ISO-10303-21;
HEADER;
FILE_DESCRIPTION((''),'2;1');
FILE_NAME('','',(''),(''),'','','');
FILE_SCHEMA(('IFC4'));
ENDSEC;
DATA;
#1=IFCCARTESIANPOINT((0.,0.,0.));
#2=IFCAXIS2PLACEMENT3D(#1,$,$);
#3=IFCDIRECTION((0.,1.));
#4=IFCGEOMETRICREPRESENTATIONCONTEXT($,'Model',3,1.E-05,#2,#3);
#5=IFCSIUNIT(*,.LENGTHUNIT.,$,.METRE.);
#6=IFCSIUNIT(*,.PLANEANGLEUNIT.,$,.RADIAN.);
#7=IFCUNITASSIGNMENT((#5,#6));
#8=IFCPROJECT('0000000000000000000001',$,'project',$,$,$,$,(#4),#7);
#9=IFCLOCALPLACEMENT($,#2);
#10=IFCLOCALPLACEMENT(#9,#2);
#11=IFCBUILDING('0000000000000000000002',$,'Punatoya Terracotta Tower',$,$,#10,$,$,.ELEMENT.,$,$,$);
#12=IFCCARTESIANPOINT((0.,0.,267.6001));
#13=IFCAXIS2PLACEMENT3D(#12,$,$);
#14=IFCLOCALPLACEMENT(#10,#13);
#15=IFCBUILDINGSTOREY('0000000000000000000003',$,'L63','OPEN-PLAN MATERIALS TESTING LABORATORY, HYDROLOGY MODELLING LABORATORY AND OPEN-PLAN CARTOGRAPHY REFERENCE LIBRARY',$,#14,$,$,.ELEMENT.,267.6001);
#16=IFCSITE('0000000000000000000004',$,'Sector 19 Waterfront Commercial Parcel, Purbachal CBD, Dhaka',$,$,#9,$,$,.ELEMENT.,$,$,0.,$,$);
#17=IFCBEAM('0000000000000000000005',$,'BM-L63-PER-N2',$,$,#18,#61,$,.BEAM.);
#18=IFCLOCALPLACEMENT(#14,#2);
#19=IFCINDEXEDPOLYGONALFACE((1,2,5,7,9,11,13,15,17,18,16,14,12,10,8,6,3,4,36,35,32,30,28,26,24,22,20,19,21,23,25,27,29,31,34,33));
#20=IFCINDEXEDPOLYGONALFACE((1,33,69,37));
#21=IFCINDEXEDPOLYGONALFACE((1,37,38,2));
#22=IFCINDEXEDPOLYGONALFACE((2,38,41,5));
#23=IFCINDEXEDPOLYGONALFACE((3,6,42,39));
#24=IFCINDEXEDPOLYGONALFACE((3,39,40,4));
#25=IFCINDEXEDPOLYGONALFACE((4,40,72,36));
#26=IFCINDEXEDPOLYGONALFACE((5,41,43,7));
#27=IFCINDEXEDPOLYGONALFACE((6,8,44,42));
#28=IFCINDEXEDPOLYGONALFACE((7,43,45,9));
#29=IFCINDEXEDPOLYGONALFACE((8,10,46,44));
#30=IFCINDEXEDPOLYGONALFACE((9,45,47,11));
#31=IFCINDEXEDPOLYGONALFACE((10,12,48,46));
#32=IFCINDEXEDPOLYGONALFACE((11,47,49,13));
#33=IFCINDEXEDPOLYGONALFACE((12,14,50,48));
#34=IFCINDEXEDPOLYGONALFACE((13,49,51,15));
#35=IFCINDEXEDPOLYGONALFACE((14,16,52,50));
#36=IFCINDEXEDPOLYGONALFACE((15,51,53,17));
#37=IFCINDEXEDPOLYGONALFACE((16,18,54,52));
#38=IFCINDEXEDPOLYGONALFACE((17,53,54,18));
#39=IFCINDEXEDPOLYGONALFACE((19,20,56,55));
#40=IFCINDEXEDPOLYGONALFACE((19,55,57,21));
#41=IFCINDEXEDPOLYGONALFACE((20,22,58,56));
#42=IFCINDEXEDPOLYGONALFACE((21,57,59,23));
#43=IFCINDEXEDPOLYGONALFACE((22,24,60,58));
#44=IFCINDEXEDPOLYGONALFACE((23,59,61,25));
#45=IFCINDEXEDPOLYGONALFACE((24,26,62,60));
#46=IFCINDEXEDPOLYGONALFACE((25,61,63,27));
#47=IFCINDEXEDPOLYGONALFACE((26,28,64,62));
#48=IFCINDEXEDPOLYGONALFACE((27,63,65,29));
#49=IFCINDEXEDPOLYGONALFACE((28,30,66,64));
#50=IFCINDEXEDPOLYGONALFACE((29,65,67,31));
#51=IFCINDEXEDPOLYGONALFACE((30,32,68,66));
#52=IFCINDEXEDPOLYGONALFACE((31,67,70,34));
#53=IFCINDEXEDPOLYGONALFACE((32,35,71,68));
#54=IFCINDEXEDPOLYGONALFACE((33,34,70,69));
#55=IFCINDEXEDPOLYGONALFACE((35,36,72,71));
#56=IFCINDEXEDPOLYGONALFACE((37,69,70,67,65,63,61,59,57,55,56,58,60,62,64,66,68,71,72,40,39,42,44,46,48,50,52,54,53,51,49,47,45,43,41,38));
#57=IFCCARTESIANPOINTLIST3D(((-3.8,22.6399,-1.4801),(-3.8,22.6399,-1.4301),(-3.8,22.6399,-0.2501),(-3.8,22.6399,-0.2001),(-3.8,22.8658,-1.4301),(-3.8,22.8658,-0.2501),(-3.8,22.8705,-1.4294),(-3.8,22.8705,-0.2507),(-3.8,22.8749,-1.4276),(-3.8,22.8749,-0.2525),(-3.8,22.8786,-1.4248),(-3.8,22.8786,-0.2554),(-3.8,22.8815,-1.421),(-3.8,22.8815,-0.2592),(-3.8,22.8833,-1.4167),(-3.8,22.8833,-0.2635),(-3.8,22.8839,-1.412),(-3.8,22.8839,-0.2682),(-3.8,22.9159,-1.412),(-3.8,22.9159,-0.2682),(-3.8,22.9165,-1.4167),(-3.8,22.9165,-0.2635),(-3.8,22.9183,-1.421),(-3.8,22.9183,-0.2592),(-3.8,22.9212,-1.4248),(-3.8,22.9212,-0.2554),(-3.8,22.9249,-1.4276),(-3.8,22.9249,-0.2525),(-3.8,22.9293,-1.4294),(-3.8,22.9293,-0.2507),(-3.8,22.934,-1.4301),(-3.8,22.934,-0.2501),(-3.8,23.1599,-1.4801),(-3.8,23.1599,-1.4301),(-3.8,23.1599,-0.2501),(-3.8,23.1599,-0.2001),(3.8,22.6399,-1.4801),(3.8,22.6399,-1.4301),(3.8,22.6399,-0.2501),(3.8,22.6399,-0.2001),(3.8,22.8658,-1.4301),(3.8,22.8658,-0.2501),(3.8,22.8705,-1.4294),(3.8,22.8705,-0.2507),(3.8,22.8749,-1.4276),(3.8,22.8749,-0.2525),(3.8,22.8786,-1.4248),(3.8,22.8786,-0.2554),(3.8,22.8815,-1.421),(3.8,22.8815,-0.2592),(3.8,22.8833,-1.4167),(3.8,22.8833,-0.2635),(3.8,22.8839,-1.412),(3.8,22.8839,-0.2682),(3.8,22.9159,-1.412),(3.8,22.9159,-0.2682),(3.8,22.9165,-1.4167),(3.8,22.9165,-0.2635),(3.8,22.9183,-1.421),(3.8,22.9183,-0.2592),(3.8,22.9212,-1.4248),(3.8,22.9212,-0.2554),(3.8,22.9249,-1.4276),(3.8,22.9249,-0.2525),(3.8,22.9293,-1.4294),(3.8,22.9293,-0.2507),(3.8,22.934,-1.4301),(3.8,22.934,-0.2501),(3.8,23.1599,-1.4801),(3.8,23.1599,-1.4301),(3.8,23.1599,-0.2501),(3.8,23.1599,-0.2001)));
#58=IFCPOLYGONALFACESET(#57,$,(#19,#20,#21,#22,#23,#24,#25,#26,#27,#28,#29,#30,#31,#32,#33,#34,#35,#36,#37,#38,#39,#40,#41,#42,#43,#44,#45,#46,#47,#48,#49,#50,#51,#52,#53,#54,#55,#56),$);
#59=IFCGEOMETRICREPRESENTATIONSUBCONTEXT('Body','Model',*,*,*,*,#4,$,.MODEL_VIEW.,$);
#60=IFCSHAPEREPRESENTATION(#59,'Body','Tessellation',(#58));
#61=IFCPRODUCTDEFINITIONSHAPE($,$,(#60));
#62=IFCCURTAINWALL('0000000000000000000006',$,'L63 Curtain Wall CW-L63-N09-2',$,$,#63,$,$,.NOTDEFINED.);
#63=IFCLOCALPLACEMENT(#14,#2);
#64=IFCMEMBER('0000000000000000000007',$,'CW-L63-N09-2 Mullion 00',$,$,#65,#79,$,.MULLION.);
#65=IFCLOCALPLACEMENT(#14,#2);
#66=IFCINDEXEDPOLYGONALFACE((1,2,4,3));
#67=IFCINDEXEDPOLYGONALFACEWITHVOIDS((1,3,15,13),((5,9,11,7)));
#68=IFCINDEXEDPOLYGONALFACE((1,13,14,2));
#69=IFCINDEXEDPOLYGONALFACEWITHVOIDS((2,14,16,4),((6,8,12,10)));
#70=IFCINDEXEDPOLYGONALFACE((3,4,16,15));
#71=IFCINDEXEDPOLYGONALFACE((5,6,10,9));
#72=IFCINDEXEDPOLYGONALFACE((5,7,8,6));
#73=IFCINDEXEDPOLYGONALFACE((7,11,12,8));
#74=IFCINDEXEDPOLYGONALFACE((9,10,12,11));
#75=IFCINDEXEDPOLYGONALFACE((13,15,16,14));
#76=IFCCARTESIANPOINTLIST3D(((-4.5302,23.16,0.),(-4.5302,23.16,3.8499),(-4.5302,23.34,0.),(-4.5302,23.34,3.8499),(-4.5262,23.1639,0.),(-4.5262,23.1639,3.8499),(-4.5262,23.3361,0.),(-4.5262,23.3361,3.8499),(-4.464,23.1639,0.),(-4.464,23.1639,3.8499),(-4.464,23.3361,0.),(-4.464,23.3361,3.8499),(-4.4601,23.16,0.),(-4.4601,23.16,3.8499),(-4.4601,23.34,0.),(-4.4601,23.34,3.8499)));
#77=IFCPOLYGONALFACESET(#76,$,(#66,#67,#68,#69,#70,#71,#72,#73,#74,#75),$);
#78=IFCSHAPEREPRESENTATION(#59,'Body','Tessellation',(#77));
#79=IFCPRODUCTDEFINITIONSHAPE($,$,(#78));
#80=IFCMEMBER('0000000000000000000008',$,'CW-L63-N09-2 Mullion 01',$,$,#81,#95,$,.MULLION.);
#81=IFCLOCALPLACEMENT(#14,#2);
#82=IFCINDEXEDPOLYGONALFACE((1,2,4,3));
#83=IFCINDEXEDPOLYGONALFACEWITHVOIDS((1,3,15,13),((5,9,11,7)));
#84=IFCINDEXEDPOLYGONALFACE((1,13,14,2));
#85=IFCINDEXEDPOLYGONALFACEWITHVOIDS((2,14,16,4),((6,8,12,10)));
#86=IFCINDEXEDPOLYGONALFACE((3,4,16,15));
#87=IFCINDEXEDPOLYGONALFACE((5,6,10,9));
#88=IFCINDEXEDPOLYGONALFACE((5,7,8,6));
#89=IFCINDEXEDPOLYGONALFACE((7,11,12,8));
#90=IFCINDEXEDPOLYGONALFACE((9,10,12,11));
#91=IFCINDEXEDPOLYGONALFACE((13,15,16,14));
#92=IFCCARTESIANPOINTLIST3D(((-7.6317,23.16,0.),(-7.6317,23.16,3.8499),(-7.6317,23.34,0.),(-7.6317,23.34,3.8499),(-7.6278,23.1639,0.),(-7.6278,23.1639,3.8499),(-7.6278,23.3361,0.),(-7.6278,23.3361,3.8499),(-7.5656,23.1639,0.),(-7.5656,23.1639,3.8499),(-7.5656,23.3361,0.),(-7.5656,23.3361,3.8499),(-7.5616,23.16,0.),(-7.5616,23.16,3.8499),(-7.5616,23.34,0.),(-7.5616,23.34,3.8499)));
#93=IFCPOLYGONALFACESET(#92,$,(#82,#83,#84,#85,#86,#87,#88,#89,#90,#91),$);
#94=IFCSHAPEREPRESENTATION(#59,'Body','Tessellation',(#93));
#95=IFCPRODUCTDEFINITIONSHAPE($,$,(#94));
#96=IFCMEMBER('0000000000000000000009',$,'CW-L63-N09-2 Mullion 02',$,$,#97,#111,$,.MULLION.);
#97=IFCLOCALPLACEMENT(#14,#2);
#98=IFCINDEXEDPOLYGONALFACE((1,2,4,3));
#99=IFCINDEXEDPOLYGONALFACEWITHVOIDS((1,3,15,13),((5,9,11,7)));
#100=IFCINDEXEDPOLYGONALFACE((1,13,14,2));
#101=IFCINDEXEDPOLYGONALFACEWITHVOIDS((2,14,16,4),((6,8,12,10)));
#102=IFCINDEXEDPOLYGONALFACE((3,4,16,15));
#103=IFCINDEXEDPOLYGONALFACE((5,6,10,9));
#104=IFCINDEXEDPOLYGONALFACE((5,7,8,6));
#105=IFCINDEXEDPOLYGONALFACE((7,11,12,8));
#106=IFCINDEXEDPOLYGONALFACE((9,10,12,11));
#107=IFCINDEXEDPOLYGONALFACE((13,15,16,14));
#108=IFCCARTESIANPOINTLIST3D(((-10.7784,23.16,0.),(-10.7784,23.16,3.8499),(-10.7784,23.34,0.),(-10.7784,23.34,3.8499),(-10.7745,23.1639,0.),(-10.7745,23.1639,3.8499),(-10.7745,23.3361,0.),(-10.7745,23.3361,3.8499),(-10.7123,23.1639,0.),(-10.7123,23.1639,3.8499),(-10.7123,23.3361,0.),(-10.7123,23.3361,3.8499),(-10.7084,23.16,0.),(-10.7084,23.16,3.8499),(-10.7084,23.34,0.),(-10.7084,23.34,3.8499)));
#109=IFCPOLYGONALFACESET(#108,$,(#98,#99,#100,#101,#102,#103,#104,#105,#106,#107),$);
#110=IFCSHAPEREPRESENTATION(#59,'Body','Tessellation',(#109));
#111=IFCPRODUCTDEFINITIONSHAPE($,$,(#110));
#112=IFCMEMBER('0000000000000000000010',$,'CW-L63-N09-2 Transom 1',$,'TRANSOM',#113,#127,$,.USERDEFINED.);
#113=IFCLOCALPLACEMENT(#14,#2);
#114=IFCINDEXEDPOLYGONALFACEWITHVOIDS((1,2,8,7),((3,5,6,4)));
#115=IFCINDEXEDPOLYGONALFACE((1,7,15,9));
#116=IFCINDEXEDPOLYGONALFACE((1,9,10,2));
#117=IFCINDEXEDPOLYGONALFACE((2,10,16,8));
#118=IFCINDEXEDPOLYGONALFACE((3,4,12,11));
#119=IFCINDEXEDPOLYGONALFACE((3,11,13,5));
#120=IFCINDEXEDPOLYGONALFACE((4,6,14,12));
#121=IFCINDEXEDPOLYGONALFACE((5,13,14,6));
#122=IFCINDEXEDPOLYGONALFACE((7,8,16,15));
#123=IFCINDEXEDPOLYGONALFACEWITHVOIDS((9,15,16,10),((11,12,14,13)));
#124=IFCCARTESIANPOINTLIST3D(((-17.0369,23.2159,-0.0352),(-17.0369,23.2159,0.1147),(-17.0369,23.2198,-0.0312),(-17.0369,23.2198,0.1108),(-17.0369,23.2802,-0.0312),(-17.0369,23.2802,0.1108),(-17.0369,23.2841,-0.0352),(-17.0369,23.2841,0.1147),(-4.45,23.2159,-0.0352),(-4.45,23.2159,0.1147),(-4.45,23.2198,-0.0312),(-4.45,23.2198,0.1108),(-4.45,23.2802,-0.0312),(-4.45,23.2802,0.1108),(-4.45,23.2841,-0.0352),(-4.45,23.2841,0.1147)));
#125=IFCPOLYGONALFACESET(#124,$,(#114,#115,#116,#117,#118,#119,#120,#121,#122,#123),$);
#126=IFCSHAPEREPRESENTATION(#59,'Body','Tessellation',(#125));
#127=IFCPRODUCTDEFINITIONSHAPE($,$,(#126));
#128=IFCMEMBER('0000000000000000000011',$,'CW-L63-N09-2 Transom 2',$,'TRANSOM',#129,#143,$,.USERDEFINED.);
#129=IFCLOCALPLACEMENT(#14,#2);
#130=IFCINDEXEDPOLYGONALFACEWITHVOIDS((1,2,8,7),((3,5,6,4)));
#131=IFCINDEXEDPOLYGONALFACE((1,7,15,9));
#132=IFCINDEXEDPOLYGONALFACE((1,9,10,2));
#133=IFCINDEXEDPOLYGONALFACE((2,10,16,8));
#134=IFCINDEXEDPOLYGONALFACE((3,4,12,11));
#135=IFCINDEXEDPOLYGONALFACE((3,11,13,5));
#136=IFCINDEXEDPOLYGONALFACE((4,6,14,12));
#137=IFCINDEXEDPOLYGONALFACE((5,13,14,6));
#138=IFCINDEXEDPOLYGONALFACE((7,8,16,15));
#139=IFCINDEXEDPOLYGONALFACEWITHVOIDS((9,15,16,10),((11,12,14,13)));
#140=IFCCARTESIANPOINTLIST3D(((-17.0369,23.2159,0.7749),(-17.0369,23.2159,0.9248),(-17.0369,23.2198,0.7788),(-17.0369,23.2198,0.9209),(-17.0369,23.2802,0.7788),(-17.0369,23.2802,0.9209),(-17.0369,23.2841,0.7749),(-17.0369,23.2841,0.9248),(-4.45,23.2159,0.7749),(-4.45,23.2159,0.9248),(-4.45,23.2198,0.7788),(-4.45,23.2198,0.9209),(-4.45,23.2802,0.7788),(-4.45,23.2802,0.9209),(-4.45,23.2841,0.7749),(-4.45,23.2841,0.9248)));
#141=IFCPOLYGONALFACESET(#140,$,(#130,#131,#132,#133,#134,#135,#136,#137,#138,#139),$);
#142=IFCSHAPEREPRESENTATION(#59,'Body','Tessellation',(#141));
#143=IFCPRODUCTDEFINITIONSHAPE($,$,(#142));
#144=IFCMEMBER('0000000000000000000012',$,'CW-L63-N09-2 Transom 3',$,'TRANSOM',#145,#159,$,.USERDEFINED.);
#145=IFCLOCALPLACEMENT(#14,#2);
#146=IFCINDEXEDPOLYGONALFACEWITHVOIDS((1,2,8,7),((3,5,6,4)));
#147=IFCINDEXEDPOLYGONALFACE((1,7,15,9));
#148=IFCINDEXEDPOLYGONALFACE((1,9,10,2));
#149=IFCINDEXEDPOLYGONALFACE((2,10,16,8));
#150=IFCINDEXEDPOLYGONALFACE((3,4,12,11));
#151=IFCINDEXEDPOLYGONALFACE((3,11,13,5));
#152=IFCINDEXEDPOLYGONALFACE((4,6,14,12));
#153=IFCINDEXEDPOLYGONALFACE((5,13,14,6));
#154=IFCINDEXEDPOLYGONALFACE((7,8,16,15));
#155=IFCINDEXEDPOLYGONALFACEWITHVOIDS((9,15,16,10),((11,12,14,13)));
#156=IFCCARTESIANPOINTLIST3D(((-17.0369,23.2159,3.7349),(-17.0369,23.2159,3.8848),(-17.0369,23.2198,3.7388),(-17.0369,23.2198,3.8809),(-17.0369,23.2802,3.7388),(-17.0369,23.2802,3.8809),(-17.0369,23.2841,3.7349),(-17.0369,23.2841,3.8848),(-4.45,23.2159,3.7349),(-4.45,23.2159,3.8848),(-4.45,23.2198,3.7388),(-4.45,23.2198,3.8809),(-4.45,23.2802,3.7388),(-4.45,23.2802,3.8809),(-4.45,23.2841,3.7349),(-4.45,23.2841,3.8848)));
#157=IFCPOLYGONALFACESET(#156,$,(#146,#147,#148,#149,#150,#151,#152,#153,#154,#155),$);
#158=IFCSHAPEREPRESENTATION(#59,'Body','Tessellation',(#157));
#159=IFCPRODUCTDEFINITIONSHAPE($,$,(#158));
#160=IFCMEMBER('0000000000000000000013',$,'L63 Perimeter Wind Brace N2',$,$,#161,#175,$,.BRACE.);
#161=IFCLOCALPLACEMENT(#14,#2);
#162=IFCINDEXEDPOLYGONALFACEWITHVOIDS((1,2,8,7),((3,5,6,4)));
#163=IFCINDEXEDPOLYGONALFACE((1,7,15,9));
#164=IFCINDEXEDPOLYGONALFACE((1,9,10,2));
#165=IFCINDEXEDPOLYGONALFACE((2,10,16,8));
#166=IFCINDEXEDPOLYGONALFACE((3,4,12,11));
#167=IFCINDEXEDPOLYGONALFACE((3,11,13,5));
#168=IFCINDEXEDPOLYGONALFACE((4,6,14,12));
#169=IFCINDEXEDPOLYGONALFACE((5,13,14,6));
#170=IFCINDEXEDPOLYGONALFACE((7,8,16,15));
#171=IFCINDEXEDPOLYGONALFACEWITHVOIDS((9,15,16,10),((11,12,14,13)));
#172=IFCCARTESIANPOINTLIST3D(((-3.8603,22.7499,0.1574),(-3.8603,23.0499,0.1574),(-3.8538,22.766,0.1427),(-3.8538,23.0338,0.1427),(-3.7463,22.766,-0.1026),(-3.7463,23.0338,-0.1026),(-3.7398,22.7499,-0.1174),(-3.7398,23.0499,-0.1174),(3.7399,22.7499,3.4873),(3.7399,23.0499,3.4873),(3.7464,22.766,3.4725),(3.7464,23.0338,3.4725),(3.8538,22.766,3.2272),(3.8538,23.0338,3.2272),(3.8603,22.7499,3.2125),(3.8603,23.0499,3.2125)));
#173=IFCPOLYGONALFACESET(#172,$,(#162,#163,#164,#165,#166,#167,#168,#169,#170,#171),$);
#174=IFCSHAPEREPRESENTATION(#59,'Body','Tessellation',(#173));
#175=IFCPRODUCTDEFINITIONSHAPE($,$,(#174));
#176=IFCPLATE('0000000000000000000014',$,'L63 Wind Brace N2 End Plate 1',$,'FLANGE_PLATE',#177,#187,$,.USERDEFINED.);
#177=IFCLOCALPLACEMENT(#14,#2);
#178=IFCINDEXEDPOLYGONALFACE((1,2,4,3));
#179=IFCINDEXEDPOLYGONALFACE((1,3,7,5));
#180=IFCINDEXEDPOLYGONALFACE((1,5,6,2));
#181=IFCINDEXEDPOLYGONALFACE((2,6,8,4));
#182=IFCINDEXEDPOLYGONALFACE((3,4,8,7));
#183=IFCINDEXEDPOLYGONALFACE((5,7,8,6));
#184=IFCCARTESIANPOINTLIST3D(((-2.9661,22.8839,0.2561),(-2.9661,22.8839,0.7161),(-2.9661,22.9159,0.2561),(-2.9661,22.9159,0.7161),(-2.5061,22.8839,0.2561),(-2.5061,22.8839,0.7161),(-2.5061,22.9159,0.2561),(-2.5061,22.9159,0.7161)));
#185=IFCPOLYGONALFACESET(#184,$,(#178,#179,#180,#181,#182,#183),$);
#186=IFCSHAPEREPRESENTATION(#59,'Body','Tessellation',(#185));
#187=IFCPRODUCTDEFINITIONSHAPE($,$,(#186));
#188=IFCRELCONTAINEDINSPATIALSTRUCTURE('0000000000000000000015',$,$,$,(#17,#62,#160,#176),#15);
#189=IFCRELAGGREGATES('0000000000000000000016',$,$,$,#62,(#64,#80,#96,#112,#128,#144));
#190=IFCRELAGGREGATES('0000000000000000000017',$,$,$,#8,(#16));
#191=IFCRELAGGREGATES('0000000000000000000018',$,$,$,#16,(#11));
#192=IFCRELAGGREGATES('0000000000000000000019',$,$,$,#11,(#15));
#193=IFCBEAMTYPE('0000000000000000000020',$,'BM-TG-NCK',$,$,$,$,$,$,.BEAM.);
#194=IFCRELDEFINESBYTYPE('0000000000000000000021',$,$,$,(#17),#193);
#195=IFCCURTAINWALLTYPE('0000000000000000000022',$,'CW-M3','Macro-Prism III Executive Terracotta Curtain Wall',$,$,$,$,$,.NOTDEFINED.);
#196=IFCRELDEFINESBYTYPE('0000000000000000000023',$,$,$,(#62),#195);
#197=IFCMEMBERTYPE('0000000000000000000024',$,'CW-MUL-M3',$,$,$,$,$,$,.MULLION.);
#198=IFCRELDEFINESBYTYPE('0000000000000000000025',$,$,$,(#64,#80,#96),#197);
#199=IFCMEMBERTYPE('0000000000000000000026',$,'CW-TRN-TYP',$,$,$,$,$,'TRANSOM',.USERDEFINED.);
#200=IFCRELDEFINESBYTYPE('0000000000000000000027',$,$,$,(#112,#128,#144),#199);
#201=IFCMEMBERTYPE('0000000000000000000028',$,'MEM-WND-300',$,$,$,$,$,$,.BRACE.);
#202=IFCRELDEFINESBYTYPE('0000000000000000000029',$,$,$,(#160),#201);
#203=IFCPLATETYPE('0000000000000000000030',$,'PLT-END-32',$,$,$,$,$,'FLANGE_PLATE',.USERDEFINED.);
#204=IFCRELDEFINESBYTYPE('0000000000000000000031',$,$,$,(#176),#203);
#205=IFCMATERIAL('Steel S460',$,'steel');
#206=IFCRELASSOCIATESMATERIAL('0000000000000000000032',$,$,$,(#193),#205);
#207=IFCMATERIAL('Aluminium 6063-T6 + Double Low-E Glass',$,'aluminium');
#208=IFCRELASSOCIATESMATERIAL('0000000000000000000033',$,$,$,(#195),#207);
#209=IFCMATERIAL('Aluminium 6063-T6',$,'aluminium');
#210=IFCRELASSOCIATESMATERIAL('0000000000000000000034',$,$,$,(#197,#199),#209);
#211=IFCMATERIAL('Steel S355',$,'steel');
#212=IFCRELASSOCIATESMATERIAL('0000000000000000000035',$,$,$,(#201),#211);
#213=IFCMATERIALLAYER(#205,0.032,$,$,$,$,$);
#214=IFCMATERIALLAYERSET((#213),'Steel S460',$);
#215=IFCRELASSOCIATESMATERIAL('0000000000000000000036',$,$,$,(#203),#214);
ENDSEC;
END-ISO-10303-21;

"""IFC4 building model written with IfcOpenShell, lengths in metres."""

from ifc_helpers import new_model, si_unit, direction, frame, origin, origin_2d, place, context, subcontext, project, spatial, rectangle, hollow_rectangle, i_section, extrude, material, layer, layer_set, material_profile, profile_set, type_object, element, aggregate, save


model = new_model("IFC4")

# Units and contexts
model_context = context("Model", 3, precision=1e-05, world=origin(), true_north=direction((0.0, 1.0)))
body_context = subcontext(model_context, "Body", "Model", "MODEL_VIEW")
ifc_project = project(units=[si_unit("LENGTHUNIT", "METRE"), si_unit("PLANEANGLEUNIT", "RADIAN")], contexts=[model_context])

# Site, building, storey
site_placement = place(None, origin())
site = spatial("IfcSite", under=ifc_project, at=site_placement, Name="Sector 19 Waterfront Commercial Parcel, Purbachal CBD, Dhaka", CompositionType="ELEMENT", RefElevation=0.0)
building_placement = place(site_placement, origin())
building = spatial("IfcBuilding", under=site, at=building_placement, Name="Punatoya Terracotta Tower", CompositionType="ELEMENT")
storey_placement = place(building_placement, frame((0.0, 0.0, 267.6001)))
storey = spatial("IfcBuildingStorey", under=building, at=storey_placement, Name="L63", Description="OPEN-PLAN MATERIALS TESTING LABORATORY, HYDROLOGY MODELLING LABORATORY AND OPEN-PLAN CARTOGRAPHY REFERENCE LIBRARY", CompositionType="ELEMENT", Elevation=267.6001)

# Shared definitions
ifc_material_1 = material(Name="Steel S460", Category="steel")

# Beam
ifc_material_2 = material(Name="Steel S355", Category="steel")
ifc_material_profile_1 = material_profile(ifc_material_1, i_section(OverallWidth=0.52, OverallDepth=1.28, WebThickness=0.032, FlangeThickness=0.05, FilletRadius=0.0181, at=origin_2d()))
ifc_profile_set_1 = profile_set([ifc_material_profile_1], Name="Steel S460")
beam_type_1 = type_object("IfcBeamType", Name="BM-TG-NCK", PredefinedType="BEAM", material=ifc_profile_set_1)
beam_1_placement = place(storey_placement, frame((-3.8, 22.8999, -0.8401), z_axis=(1.0, 0.0, 0.0), x_axis=(0.0, 1.0, 0.0)))
element("IfcBeam", 1, at=beam_1_placement, inside=storey, type_object=beam_type_1, Name="BM-L63-PER-N2", PredefinedType="BEAM", context=body_context, shape_type="SweptSolid", body=[
    extrude(i_section(OverallWidth=0.52, OverallDepth=1.28, WebThickness=0.032, FlangeThickness=0.05, FilletRadius=0.0181, at=origin_2d()), origin(), (0.0, 0.0, 1.0), 7.6001),
])

# Curtain wall, members
ifc_material_3 = material(Name="Aluminium 6063-T6 + Double Low-E Glass", Category="aluminium")
curtain_wall_type = type_object("IfcCurtainWallType", Name="CW-M3", Description="Macro-Prism III Executive Terracotta Curtain Wall", PredefinedType="NOTDEFINED", material=ifc_material_3)
curtain_wall_placement = place(storey_placement, origin())
curtain_wall = element("IfcCurtainWall", 2, at=curtain_wall_placement, inside=storey, type_object=curtain_wall_type, Name="L63 Curtain Wall CW-L63-N09-2", PredefinedType="NOTDEFINED")
ifc_material_4 = material(Name="Aluminium 6063-T6", Category="aluminium")
ifc_material_profile_2 = material_profile(ifc_material_4, hollow_rectangle(XDim=0.0701, YDim=0.1799, WallThickness=0.0039, at=origin_2d()))
ifc_profile_set_2 = profile_set([ifc_material_profile_2], Name="Aluminium 6063-T6")
member_type_1 = type_object("IfcMemberType", Name="CW-MUL-M3", PredefinedType="MULLION", material=ifc_profile_set_2)
member_1_placement = place(storey_placement, frame((-4.4951, 23.25, 0.0), z_axis=(0.0, 0.0, 1.0), x_axis=(1.0, 0.0, 0.0)))
member_1 = element("IfcMember", 3, at=member_1_placement, type_object=member_type_1, Name="CW-L63-N09-2 Mullion 00", PredefinedType="MULLION", context=body_context, shape_type="SweptSolid", body=[
    extrude(hollow_rectangle(XDim=0.0701, YDim=0.1799, WallThickness=0.0039, at=origin_2d()), origin(), (0.0, 0.0, 1.0), 3.8499),
])
member_2_placement = place(storey_placement, frame((-7.5967, 23.25, 0.0), z_axis=(0.0, 0.0, 1.0), x_axis=(1.0, 0.0, 0.0)))
member_2 = element("IfcMember", 4, at=member_2_placement, type_object=member_type_1, Name="CW-L63-N09-2 Mullion 01", PredefinedType="MULLION", context=body_context, shape_type="SweptSolid", body=[
    extrude(hollow_rectangle(XDim=0.0701, YDim=0.1799, WallThickness=0.0039, at=origin_2d()), origin(), (0.0, 0.0, 1.0), 3.8499),
])
member_3_placement = place(storey_placement, frame((-10.7434, 23.25, 0.0), z_axis=(0.0, 0.0, 1.0), x_axis=(1.0, 0.0, 0.0)))
member_3 = element("IfcMember", 5, at=member_3_placement, type_object=member_type_1, Name="CW-L63-N09-2 Mullion 02", PredefinedType="MULLION", context=body_context, shape_type="SweptSolid", body=[
    extrude(hollow_rectangle(XDim=0.0701, YDim=0.1799, WallThickness=0.0039, at=origin_2d()), origin(), (0.0, 0.0, 1.0), 3.8499),
])
ifc_material_profile_3 = material_profile(ifc_material_4, hollow_rectangle(XDim=0.0681, YDim=0.1499, WallThickness=0.0039, at=origin_2d()))
ifc_profile_set_3 = profile_set([ifc_material_profile_3], Name="Aluminium 6063-T6")
member_type_2 = type_object("IfcMemberType", Name="CW-TRN-TYP", ElementType="TRANSOM", PredefinedType="USERDEFINED", material=ifc_profile_set_3)
member_4_placement = place(storey_placement, frame((-4.45, 23.25, 0.0398), z_axis=(-1.0, 0.0, 0.0), x_axis=(0.0, -1.0, 0.0)))
member_4 = element("IfcMember", 6, at=member_4_placement, type_object=member_type_2, Name="CW-L63-N09-2 Transom 1", ObjectType="TRANSOM", PredefinedType="USERDEFINED", context=body_context, shape_type="SweptSolid", body=[
    extrude(hollow_rectangle(XDim=0.0681, YDim=0.1499, WallThickness=0.0039, at=origin_2d()), origin(), (0.0, 0.0, 1.0), 12.5869),
])
member_5_placement = place(storey_placement, frame((-4.45, 23.25, 0.8499), z_axis=(-1.0, 0.0, 0.0), x_axis=(0.0, -1.0, 0.0)))
member_5 = element("IfcMember", 7, at=member_5_placement, type_object=member_type_2, Name="CW-L63-N09-2 Transom 2", ObjectType="TRANSOM", PredefinedType="USERDEFINED", context=body_context, shape_type="SweptSolid", body=[
    extrude(hollow_rectangle(XDim=0.0681, YDim=0.1499, WallThickness=0.0039, at=origin_2d()), origin(), (0.0, 0.0, 1.0), 12.5869),
])
member_6_placement = place(storey_placement, frame((-4.45, 23.25, 3.8098), z_axis=(-1.0, 0.0, 0.0), x_axis=(0.0, -1.0, 0.0)))
member_6 = element("IfcMember", 8, at=member_6_placement, type_object=member_type_2, Name="CW-L63-N09-2 Transom 3", ObjectType="TRANSOM", PredefinedType="USERDEFINED", context=body_context, shape_type="SweptSolid", body=[
    extrude(hollow_rectangle(XDim=0.0681, YDim=0.1499, WallThickness=0.0039, at=origin_2d()), origin(), (0.0, 0.0, 1.0), 12.5869),
])

# Member
ifc_material_profile_4 = material_profile(ifc_material_2, hollow_rectangle(XDim=0.3, YDim=0.3, WallThickness=0.0161, at=origin_2d()))
ifc_profile_set_4 = profile_set([ifc_material_profile_4], Name="Steel S355")
member_type_3 = type_object("IfcMemberType", Name="MEM-WND-300", PredefinedType="BRACE", material=ifc_profile_set_4)
member_7_placement = place(storey_placement, frame((-3.8, 22.8999, 0.02), z_axis=(0.915945, 0.0, 0.401303), x_axis=(0.0, 1.0, 0.0)))
element("IfcMember", 9, at=member_7_placement, inside=storey, type_object=member_type_3, Name="L63 Perimeter Wind Brace N2", PredefinedType="BRACE", context=body_context, shape_type="SweptSolid", body=[
    extrude(hollow_rectangle(XDim=0.3, YDim=0.3, WallThickness=0.0161, at=origin_2d()), origin(), (0.0, 0.0, 1.0), 8.2976),
])

# Plate
ifc_layer_1 = layer(ifc_material_1, 0.032)
ifc_layer_set_1 = layer_set([ifc_layer_1], Name="Steel S460")
plate_type_1 = type_object("IfcPlateType", Name="PLT-END-32", ElementType="FLANGE_PLATE", PredefinedType="USERDEFINED", material=ifc_layer_set_1)
plate_1_placement = place(storey_placement, frame((-2.7361, 22.8999, 0.2561), z_axis=(0.0, 0.0, 1.0), x_axis=(1.0, 0.0, 0.0)))
element("IfcPlate", 10, at=plate_1_placement, inside=storey, type_object=plate_type_1, Name="L63 Wind Brace N2 End Plate 1", ObjectType="FLANGE_PLATE", PredefinedType="USERDEFINED", context=body_context, shape_type="SweptSolid", body=[
    extrude(rectangle(XDim=0.46, YDim=0.032, at=origin_2d()), origin(), (0.0, 0.0, 1.0), 0.46),
])
aggregate(curtain_wall, [member_1, member_2, member_3, member_4, member_5, member_6])

save(model, "model.ifc")
